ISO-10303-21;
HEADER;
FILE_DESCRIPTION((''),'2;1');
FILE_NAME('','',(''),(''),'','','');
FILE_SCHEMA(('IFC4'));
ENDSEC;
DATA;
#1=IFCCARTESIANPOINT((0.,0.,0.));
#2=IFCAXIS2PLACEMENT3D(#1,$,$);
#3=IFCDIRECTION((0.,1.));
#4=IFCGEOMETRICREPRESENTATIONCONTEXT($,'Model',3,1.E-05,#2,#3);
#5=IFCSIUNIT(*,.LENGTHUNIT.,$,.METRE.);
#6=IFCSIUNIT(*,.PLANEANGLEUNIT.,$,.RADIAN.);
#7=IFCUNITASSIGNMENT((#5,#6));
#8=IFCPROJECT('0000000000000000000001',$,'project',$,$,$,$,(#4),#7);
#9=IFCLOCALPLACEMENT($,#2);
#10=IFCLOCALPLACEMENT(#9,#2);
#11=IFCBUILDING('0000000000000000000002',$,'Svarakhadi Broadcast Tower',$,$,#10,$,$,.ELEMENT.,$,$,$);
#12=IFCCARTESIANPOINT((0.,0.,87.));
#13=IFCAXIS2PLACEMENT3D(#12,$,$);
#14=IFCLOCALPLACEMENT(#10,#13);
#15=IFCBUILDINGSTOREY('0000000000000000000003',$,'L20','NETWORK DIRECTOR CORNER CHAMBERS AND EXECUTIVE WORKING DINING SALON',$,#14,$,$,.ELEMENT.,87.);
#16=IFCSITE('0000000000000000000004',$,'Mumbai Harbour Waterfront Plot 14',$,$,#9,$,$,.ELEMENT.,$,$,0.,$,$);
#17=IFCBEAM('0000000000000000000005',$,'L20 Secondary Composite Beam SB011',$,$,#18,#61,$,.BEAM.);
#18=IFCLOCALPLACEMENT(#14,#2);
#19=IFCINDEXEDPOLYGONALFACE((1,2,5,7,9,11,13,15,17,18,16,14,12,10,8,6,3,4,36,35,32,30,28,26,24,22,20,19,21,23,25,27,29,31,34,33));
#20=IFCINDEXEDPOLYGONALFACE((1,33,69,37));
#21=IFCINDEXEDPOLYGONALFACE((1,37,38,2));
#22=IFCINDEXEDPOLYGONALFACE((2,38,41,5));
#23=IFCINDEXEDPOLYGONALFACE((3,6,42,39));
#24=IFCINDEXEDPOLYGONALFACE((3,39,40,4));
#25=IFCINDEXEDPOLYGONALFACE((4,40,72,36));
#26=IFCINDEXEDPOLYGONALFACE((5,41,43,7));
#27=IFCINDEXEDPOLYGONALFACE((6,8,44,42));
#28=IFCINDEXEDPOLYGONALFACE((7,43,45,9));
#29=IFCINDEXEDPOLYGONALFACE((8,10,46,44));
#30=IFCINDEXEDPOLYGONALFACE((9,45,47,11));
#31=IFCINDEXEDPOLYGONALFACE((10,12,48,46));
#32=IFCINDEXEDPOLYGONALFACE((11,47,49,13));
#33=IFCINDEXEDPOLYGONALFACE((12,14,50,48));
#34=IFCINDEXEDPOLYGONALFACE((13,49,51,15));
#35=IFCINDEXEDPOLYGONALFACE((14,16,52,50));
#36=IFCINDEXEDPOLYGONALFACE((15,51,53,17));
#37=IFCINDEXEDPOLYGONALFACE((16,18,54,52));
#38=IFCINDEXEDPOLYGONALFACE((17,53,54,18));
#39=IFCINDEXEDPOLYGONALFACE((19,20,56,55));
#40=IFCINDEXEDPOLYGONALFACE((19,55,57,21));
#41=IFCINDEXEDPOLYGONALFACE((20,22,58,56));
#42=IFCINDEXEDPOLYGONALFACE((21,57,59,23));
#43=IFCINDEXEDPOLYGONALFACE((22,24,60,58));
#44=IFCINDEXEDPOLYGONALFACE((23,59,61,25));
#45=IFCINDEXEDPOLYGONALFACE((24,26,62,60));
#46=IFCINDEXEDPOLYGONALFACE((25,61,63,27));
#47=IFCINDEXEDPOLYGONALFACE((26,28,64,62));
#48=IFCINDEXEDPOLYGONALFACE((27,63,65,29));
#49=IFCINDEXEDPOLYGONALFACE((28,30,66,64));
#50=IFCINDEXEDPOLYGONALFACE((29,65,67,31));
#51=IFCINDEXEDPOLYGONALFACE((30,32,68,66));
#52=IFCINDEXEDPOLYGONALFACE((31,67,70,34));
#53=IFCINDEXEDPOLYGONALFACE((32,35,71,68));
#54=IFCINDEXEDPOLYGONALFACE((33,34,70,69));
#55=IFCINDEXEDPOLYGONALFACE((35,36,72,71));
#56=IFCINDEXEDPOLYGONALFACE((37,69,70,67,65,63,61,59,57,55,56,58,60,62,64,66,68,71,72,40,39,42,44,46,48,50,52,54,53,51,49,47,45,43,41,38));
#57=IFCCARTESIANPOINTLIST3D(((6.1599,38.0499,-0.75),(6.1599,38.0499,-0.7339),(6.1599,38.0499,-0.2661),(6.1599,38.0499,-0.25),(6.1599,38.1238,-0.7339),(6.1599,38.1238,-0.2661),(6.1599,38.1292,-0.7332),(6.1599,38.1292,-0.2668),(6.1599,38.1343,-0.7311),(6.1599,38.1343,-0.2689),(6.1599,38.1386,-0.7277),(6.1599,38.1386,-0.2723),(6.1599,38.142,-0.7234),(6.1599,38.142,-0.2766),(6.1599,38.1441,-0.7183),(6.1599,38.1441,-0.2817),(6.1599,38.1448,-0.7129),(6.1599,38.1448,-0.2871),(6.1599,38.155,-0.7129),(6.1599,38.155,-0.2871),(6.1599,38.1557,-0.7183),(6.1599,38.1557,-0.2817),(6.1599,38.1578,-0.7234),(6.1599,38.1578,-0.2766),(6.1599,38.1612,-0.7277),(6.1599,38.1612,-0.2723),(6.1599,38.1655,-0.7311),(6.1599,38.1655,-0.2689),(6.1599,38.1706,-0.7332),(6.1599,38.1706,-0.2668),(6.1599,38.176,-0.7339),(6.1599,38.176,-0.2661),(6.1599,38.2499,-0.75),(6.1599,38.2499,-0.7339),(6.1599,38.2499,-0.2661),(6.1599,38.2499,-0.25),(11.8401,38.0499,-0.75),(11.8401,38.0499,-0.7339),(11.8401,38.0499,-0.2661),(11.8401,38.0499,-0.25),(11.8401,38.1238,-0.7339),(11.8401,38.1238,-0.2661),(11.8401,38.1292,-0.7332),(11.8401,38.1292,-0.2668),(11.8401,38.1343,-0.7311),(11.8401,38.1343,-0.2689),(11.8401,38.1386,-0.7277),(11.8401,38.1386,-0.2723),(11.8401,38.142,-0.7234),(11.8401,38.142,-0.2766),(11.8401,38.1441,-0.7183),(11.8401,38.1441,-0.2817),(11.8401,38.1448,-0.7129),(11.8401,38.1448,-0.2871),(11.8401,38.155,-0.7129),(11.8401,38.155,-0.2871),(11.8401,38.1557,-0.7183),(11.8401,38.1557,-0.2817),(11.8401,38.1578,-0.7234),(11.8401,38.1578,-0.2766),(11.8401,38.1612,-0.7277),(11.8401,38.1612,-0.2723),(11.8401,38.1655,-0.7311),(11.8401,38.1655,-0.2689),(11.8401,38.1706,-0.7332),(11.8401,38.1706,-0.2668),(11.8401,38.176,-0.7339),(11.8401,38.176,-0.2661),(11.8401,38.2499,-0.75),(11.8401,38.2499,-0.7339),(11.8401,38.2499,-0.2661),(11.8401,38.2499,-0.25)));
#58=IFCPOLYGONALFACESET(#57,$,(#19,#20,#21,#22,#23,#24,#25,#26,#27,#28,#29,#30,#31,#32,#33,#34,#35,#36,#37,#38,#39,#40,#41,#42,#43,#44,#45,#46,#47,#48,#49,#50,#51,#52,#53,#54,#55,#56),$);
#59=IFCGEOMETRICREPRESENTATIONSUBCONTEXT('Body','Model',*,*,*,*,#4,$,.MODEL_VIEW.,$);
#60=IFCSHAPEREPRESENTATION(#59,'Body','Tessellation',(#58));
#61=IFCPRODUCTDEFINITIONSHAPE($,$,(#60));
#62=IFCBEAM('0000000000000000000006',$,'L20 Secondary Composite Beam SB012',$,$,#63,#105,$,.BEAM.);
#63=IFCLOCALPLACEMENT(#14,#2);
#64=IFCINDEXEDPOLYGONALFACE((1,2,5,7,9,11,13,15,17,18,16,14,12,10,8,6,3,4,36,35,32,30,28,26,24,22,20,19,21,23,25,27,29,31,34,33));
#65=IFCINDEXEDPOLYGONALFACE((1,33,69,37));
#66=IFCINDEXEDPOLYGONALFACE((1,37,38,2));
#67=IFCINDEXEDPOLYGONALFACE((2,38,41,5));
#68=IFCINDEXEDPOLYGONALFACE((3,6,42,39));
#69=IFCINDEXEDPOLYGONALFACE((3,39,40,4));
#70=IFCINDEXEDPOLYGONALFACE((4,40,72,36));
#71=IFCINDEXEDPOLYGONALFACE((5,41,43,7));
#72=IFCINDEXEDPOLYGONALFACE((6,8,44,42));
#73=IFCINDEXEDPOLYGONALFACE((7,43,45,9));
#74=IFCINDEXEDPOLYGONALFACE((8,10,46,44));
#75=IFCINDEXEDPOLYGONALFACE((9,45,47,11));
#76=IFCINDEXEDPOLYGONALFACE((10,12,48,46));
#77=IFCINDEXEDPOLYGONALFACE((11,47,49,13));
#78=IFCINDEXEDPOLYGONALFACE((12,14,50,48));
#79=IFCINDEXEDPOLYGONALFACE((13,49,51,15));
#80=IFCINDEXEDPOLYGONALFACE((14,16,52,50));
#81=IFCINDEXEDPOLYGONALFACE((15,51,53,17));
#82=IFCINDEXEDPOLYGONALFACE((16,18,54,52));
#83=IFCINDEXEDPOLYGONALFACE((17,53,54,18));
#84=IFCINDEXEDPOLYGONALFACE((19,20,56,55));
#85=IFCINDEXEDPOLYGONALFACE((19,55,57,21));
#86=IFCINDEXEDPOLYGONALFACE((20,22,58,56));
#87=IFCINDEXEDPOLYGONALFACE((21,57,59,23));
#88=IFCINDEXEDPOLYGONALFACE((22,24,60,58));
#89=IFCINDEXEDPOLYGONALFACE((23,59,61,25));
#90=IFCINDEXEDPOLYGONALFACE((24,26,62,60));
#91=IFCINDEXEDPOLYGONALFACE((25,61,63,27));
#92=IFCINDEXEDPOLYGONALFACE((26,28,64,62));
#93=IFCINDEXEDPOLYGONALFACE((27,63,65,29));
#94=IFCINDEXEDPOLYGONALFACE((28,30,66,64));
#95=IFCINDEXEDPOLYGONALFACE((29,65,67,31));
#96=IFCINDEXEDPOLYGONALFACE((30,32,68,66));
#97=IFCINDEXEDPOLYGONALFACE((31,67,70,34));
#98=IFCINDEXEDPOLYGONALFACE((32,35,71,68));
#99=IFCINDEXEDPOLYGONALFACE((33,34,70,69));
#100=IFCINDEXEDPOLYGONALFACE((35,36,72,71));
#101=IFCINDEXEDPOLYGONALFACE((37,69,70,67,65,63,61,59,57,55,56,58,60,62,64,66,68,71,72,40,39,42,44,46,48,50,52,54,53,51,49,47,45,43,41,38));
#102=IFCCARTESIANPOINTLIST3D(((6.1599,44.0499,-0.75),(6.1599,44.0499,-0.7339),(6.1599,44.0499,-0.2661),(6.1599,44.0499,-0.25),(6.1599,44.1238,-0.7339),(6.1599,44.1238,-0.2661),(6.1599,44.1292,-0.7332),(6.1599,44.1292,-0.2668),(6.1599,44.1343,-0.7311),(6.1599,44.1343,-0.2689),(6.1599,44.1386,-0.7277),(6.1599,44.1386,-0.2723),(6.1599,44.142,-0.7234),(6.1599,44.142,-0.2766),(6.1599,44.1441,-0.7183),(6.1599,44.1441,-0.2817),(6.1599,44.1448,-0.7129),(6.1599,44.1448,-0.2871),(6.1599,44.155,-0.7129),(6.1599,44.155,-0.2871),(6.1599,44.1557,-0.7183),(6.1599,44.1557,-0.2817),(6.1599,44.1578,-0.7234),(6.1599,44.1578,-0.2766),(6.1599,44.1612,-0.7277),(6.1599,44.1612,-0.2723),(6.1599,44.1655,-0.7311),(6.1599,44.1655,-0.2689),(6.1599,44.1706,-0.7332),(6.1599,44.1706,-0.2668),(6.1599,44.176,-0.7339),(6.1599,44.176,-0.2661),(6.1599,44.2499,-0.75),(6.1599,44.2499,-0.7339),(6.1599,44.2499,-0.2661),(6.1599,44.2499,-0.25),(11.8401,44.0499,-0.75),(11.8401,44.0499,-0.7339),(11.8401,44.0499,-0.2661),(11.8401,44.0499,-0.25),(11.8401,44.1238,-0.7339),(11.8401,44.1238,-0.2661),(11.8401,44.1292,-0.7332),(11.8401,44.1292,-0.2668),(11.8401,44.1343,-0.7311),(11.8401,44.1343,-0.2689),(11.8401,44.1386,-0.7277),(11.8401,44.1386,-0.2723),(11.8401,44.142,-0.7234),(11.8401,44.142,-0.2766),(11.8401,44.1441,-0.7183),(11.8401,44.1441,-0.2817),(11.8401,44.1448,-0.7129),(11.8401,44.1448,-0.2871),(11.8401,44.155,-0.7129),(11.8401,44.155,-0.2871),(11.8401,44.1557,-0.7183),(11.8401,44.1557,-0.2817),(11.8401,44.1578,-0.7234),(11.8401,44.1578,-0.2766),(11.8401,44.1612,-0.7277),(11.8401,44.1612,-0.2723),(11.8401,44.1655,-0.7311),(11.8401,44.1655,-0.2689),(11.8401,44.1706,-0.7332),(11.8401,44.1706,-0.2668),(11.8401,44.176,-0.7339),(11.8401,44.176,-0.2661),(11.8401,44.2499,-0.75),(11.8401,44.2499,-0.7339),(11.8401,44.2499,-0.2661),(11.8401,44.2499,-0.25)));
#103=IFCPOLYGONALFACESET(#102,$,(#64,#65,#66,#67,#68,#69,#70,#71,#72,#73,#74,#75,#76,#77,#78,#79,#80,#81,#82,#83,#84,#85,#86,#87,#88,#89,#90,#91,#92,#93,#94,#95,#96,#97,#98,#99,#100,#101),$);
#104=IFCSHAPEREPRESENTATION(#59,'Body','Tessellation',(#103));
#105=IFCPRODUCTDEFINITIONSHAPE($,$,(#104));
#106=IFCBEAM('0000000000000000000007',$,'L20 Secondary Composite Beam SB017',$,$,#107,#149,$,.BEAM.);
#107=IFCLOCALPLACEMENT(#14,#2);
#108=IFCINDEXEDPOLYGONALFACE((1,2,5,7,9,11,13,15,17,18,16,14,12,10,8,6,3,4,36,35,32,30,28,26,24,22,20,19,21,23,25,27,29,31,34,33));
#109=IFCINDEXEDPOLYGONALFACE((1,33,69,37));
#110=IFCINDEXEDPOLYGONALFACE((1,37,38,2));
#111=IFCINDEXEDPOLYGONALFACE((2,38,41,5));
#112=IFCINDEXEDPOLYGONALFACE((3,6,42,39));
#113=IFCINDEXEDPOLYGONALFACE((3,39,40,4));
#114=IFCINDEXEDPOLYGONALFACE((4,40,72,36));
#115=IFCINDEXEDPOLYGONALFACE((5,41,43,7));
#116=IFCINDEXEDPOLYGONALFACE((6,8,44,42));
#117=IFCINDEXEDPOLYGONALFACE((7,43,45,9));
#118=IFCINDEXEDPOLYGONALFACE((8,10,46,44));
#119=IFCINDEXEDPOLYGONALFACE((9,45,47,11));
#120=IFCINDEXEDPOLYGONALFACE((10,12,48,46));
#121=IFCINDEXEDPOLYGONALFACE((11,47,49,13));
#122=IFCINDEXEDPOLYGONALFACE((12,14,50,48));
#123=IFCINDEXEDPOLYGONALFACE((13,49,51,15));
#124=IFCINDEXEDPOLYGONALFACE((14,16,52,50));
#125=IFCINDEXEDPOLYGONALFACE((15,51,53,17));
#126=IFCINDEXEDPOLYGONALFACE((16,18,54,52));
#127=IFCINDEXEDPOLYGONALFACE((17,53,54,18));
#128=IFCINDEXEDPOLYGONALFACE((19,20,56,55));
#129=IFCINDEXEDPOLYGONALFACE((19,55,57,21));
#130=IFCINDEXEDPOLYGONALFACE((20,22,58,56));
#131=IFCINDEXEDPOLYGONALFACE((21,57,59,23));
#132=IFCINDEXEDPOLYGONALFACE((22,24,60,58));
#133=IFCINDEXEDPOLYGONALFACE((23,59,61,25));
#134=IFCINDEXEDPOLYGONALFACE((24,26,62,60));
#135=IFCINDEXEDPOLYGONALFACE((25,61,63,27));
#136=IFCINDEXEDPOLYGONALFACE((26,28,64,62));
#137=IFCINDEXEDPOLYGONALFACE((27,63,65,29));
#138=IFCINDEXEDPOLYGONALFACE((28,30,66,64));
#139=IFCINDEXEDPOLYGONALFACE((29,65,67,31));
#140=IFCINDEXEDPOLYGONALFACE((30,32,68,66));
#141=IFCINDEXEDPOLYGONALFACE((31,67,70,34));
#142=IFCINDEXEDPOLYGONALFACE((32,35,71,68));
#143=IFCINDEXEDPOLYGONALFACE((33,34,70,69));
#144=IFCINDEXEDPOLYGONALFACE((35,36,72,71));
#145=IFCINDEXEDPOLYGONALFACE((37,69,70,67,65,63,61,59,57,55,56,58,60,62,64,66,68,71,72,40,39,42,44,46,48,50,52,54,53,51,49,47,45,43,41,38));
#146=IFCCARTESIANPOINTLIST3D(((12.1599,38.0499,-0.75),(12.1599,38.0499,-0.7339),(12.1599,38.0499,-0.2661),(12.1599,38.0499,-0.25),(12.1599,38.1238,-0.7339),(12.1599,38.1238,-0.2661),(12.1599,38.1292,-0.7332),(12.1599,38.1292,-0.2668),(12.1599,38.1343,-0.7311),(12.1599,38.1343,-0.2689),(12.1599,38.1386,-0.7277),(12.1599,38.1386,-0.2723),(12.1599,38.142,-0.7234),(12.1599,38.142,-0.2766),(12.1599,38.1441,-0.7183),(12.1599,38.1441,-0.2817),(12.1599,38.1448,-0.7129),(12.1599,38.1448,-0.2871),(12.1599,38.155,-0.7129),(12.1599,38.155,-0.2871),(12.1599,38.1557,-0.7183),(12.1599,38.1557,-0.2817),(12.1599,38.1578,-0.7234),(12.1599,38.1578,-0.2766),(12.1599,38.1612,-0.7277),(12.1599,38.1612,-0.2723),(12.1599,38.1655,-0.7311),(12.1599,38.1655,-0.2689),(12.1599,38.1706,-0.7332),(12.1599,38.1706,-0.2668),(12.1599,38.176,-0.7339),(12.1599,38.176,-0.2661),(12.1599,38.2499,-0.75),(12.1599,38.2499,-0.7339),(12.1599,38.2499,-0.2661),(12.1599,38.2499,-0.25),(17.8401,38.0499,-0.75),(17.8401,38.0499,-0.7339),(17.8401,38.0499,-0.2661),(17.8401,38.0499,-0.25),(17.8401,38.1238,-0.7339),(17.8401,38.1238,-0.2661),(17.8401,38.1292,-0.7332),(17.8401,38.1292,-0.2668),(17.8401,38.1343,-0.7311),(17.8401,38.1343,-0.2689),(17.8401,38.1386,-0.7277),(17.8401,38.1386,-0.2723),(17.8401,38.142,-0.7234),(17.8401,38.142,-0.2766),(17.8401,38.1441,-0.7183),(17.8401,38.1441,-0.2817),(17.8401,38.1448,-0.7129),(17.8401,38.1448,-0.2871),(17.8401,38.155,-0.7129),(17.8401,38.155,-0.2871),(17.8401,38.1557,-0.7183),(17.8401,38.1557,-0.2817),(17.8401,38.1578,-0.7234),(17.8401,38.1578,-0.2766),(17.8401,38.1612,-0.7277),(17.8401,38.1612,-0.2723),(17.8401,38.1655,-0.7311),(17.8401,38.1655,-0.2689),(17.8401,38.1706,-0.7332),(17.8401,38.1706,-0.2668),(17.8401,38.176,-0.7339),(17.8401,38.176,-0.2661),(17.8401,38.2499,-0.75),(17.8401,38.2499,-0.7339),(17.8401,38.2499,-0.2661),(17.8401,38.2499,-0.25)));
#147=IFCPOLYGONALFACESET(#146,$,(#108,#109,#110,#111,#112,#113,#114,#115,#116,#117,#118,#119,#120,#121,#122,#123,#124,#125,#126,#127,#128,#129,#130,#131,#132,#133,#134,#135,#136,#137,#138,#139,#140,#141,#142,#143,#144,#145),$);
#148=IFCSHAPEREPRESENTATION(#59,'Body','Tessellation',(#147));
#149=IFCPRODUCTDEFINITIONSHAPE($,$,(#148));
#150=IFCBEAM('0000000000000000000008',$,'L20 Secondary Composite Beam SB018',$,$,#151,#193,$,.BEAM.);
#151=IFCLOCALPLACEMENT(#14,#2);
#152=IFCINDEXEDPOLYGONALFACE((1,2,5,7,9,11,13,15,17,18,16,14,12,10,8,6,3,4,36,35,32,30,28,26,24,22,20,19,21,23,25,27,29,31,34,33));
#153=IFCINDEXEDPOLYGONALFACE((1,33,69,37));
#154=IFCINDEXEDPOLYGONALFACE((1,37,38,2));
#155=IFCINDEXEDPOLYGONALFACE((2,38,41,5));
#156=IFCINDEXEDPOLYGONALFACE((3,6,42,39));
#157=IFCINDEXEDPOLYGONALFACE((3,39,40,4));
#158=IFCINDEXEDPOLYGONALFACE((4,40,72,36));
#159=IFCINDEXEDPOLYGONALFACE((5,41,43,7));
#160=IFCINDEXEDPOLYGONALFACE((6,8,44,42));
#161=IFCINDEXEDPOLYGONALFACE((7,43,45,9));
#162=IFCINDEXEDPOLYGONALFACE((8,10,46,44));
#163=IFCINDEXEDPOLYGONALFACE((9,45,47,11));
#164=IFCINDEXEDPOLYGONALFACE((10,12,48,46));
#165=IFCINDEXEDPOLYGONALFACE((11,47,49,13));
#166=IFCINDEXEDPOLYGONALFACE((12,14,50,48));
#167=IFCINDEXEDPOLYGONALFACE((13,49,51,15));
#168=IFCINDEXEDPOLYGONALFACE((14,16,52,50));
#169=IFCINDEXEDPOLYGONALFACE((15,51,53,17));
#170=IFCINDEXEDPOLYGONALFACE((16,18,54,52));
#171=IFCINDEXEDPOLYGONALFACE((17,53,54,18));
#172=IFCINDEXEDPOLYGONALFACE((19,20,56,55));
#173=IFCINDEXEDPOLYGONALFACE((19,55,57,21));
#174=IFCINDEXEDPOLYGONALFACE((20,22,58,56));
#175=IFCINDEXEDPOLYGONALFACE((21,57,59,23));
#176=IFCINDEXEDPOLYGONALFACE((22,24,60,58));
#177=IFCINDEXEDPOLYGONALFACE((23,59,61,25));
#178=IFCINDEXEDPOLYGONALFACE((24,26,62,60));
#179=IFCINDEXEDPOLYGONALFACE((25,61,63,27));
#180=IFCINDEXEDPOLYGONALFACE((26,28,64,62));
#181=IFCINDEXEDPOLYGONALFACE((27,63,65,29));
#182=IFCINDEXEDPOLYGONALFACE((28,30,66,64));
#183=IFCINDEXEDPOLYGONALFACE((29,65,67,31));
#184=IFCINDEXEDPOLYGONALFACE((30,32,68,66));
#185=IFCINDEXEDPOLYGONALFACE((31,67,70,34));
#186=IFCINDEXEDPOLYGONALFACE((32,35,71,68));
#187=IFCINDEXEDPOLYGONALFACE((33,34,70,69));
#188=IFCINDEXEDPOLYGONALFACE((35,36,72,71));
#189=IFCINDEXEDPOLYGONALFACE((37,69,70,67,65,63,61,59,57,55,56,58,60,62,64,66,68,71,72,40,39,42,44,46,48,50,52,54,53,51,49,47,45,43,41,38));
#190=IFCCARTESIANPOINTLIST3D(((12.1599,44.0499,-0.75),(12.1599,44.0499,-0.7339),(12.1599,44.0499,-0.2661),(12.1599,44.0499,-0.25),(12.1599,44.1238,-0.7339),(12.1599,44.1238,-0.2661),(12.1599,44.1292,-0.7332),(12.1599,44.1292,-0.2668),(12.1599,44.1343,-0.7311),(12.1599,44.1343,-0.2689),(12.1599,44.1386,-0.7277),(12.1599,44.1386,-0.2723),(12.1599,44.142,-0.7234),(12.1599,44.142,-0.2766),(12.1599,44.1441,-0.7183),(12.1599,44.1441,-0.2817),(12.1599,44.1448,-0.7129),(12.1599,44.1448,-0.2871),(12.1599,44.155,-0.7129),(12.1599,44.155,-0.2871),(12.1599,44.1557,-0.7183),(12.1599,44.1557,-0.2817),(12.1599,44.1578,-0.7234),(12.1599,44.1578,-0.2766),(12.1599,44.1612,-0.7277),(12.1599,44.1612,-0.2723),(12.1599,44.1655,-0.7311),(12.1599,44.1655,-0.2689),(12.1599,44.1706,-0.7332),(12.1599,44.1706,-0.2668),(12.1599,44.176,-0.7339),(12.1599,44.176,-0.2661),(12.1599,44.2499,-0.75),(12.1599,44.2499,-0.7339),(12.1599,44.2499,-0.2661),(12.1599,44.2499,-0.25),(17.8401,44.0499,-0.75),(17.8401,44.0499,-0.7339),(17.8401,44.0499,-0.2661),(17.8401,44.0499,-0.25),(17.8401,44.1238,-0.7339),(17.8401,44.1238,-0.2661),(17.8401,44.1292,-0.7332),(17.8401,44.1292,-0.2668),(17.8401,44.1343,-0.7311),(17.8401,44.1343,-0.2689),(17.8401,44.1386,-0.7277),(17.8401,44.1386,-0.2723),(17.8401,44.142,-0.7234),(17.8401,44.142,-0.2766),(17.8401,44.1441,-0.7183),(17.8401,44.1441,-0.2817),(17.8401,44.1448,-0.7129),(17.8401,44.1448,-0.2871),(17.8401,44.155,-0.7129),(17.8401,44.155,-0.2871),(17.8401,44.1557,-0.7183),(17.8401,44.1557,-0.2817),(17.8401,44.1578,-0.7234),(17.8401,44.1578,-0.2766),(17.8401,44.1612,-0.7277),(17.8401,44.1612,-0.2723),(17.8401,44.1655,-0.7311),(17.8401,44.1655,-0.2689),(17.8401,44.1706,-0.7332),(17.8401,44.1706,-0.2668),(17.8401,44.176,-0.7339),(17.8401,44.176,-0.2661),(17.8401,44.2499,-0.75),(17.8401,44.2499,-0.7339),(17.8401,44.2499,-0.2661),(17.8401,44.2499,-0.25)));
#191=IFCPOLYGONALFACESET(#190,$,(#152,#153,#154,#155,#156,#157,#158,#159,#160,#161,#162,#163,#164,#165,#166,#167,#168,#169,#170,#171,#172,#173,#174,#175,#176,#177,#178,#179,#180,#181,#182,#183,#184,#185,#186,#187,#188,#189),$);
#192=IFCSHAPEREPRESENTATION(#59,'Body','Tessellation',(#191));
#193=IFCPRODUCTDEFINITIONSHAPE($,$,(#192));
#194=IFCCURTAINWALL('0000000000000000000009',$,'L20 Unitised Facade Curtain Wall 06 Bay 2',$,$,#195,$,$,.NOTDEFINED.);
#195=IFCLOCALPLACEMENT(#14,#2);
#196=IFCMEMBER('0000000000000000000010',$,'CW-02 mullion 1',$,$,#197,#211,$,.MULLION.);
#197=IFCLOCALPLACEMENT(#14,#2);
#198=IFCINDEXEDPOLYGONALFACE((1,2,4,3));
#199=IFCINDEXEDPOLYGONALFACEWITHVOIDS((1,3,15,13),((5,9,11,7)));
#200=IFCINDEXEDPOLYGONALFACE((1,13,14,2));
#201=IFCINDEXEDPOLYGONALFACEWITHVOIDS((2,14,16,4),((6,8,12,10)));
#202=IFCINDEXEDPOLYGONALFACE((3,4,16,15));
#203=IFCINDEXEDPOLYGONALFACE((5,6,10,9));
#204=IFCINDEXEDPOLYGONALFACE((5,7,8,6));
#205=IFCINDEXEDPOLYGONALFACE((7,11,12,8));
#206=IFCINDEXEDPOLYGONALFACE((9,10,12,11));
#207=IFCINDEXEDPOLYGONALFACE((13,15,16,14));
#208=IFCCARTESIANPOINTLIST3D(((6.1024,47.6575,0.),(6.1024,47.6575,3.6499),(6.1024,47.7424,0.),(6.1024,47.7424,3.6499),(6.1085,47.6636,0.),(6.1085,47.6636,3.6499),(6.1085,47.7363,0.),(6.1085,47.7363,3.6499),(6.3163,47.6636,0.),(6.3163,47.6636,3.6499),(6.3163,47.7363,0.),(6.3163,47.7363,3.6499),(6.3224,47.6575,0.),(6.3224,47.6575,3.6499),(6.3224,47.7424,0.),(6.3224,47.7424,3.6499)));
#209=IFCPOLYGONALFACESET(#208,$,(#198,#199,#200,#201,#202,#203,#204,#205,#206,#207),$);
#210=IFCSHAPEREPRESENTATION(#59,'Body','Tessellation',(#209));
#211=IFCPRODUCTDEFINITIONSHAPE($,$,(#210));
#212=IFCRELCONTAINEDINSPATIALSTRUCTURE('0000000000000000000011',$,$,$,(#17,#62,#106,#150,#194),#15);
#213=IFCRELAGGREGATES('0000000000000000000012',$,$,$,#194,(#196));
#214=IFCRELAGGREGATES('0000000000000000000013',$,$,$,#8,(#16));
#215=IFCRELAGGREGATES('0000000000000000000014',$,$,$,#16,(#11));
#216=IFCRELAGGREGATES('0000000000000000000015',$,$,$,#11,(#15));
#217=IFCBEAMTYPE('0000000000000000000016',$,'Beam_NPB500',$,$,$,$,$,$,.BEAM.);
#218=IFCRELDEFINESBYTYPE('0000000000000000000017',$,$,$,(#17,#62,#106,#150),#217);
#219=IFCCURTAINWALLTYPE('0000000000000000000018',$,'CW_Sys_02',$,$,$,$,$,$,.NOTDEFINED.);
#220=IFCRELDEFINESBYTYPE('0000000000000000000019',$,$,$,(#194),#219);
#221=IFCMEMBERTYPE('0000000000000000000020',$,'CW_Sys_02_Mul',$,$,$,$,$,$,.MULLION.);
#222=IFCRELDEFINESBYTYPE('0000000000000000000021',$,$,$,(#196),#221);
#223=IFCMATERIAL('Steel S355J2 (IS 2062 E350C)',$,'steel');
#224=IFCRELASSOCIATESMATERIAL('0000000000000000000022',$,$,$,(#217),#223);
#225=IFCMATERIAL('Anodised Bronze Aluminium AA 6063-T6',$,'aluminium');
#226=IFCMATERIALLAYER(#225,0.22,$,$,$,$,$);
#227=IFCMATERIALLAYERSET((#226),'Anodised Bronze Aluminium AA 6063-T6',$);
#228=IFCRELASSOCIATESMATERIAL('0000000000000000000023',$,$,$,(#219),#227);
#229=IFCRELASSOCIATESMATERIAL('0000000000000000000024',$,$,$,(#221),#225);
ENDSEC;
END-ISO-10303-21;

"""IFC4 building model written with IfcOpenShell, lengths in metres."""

from ifc_helpers import new_model, si_unit, direction, frame, origin, origin_2d, place, context, subcontext, project, spatial, hollow_rectangle, i_section, extrude, material, layer, layer_set, material_profile, profile_set, type_object, element, aggregate, save


model = new_model("IFC4")

# Units and contexts
model_context = context("Model", 3, precision=1e-05, world=origin(), true_north=direction((0.0, 1.0)))
body_context = subcontext(model_context, "Body", "Model", "MODEL_VIEW")
ifc_project = project(units=[si_unit("LENGTHUNIT", "METRE"), si_unit("PLANEANGLEUNIT", "RADIAN")], contexts=[model_context])

# Site, building, storey
site_placement = place(None, origin())
site = spatial("IfcSite", under=ifc_project, at=site_placement, Name="Mumbai Harbour Waterfront Plot 14", CompositionType="ELEMENT", RefElevation=0.0)
building_placement = place(site_placement, origin())
building = spatial("IfcBuilding", under=site, at=building_placement, Name="Svarakhadi Broadcast Tower", CompositionType="ELEMENT")
storey_placement = place(building_placement, frame((0.0, 0.0, 87.0)))
storey = spatial("IfcBuildingStorey", under=building, at=storey_placement, Name="L20", Description="NETWORK DIRECTOR CORNER CHAMBERS AND EXECUTIVE WORKING DINING SALON", CompositionType="ELEMENT", Elevation=87.0)

# Beams
ifc_material_1 = material(Name="Steel S355J2 (IS 2062 E350C)", Category="steel")
ifc_material_profile_1 = material_profile(ifc_material_1, i_section(OverallWidth=0.2, OverallDepth=0.5, WebThickness=0.0103, FlangeThickness=0.0161, FilletRadius=0.021, at=origin_2d()), Name="NPB 500x200x91")
ifc_profile_set_1 = profile_set([ifc_material_profile_1], Name="Steel S355J2 (IS 2062 E350C)")
beam_type_1 = type_object("IfcBeamType", Name="Beam_NPB500", PredefinedType="BEAM", material=ifc_profile_set_1)
for number, where, z_axis, x_axis, name in (
    (1, (6.1599, 38.1499, -0.5), (1.0, 0.0, 0.0), (0.0, 1.0, 0.0), "L20 Secondary Composite Beam SB011"),
    (2, (6.1599, 44.1499, -0.5), (1.0, 0.0, 0.0), (0.0, 1.0, 0.0), "L20 Secondary Composite Beam SB012"),
    (3, (12.1599, 38.1499, -0.5), (1.0, 0.0, 0.0), (0.0, 1.0, 0.0), "L20 Secondary Composite Beam SB017"),
    (4, (12.1599, 44.1499, -0.5), (1.0, 0.0, 0.0), (0.0, 1.0, 0.0), "L20 Secondary Composite Beam SB018"),
):
    element("IfcBeam", number, at=place(storey_placement, frame(where, z_axis=z_axis, x_axis=x_axis)), inside=storey, type_object=beam_type_1, Name=name, PredefinedType="BEAM", context=body_context, shape_type="SweptSolid", body=[
        extrude(i_section(OverallWidth=0.2, OverallDepth=0.5, WebThickness=0.0103, FlangeThickness=0.0161, FilletRadius=0.021, at=origin_2d()), origin(), (0.0, 0.0, 1.0), 5.6802),
    ])

# Curtain wall, member
ifc_material_2 = material(Name="Anodised Bronze Aluminium AA 6063-T6", Category="aluminium")
ifc_layer_1 = layer(ifc_material_2, 0.22)
ifc_layer_set_1 = layer_set([ifc_layer_1], Name="Anodised Bronze Aluminium AA 6063-T6")
curtain_wall_type = type_object("IfcCurtainWallType", Name="CW_Sys_02", PredefinedType="NOTDEFINED", material=ifc_layer_set_1)
curtain_wall_1_placement = place(storey_placement, origin())
curtain_wall_1 = element("IfcCurtainWall", 5, at=curtain_wall_1_placement, inside=storey, type_object=curtain_wall_type, Name="L20 Unitised Facade Curtain Wall 06 Bay 2", PredefinedType="NOTDEFINED")
ifc_material_profile_2 = material_profile(ifc_material_2, hollow_rectangle(XDim=0.085, YDim=0.22, WallThickness=0.0061, at=origin_2d()), Name="ALU MULLION 220x85x6")
ifc_profile_set_2 = profile_set([ifc_material_profile_2], Name="Anodised Bronze Aluminium AA 6063-T6")
member_type_1 = type_object("IfcMemberType", Name="CW_Sys_02_Mul", PredefinedType="MULLION", material=ifc_profile_set_2)
member_1_placement = place(storey_placement, frame((6.2124, 47.7, 0.0), z_axis=(0.0, 0.0, 1.0), x_axis=(0.0, 1.0, 0.0)))
member_1 = element("IfcMember", 6, at=member_1_placement, type_object=member_type_1, Name="CW-02 mullion 1", PredefinedType="MULLION", context=body_context, shape_type="SweptSolid", body=[
    extrude(hollow_rectangle(XDim=0.085, YDim=0.22, WallThickness=0.0061, at=origin_2d()), origin(), (0.0, 0.0, 1.0), 3.6499),
])

aggregate(curtain_wall_1, [member_1])

save(model, "model.ifc")
